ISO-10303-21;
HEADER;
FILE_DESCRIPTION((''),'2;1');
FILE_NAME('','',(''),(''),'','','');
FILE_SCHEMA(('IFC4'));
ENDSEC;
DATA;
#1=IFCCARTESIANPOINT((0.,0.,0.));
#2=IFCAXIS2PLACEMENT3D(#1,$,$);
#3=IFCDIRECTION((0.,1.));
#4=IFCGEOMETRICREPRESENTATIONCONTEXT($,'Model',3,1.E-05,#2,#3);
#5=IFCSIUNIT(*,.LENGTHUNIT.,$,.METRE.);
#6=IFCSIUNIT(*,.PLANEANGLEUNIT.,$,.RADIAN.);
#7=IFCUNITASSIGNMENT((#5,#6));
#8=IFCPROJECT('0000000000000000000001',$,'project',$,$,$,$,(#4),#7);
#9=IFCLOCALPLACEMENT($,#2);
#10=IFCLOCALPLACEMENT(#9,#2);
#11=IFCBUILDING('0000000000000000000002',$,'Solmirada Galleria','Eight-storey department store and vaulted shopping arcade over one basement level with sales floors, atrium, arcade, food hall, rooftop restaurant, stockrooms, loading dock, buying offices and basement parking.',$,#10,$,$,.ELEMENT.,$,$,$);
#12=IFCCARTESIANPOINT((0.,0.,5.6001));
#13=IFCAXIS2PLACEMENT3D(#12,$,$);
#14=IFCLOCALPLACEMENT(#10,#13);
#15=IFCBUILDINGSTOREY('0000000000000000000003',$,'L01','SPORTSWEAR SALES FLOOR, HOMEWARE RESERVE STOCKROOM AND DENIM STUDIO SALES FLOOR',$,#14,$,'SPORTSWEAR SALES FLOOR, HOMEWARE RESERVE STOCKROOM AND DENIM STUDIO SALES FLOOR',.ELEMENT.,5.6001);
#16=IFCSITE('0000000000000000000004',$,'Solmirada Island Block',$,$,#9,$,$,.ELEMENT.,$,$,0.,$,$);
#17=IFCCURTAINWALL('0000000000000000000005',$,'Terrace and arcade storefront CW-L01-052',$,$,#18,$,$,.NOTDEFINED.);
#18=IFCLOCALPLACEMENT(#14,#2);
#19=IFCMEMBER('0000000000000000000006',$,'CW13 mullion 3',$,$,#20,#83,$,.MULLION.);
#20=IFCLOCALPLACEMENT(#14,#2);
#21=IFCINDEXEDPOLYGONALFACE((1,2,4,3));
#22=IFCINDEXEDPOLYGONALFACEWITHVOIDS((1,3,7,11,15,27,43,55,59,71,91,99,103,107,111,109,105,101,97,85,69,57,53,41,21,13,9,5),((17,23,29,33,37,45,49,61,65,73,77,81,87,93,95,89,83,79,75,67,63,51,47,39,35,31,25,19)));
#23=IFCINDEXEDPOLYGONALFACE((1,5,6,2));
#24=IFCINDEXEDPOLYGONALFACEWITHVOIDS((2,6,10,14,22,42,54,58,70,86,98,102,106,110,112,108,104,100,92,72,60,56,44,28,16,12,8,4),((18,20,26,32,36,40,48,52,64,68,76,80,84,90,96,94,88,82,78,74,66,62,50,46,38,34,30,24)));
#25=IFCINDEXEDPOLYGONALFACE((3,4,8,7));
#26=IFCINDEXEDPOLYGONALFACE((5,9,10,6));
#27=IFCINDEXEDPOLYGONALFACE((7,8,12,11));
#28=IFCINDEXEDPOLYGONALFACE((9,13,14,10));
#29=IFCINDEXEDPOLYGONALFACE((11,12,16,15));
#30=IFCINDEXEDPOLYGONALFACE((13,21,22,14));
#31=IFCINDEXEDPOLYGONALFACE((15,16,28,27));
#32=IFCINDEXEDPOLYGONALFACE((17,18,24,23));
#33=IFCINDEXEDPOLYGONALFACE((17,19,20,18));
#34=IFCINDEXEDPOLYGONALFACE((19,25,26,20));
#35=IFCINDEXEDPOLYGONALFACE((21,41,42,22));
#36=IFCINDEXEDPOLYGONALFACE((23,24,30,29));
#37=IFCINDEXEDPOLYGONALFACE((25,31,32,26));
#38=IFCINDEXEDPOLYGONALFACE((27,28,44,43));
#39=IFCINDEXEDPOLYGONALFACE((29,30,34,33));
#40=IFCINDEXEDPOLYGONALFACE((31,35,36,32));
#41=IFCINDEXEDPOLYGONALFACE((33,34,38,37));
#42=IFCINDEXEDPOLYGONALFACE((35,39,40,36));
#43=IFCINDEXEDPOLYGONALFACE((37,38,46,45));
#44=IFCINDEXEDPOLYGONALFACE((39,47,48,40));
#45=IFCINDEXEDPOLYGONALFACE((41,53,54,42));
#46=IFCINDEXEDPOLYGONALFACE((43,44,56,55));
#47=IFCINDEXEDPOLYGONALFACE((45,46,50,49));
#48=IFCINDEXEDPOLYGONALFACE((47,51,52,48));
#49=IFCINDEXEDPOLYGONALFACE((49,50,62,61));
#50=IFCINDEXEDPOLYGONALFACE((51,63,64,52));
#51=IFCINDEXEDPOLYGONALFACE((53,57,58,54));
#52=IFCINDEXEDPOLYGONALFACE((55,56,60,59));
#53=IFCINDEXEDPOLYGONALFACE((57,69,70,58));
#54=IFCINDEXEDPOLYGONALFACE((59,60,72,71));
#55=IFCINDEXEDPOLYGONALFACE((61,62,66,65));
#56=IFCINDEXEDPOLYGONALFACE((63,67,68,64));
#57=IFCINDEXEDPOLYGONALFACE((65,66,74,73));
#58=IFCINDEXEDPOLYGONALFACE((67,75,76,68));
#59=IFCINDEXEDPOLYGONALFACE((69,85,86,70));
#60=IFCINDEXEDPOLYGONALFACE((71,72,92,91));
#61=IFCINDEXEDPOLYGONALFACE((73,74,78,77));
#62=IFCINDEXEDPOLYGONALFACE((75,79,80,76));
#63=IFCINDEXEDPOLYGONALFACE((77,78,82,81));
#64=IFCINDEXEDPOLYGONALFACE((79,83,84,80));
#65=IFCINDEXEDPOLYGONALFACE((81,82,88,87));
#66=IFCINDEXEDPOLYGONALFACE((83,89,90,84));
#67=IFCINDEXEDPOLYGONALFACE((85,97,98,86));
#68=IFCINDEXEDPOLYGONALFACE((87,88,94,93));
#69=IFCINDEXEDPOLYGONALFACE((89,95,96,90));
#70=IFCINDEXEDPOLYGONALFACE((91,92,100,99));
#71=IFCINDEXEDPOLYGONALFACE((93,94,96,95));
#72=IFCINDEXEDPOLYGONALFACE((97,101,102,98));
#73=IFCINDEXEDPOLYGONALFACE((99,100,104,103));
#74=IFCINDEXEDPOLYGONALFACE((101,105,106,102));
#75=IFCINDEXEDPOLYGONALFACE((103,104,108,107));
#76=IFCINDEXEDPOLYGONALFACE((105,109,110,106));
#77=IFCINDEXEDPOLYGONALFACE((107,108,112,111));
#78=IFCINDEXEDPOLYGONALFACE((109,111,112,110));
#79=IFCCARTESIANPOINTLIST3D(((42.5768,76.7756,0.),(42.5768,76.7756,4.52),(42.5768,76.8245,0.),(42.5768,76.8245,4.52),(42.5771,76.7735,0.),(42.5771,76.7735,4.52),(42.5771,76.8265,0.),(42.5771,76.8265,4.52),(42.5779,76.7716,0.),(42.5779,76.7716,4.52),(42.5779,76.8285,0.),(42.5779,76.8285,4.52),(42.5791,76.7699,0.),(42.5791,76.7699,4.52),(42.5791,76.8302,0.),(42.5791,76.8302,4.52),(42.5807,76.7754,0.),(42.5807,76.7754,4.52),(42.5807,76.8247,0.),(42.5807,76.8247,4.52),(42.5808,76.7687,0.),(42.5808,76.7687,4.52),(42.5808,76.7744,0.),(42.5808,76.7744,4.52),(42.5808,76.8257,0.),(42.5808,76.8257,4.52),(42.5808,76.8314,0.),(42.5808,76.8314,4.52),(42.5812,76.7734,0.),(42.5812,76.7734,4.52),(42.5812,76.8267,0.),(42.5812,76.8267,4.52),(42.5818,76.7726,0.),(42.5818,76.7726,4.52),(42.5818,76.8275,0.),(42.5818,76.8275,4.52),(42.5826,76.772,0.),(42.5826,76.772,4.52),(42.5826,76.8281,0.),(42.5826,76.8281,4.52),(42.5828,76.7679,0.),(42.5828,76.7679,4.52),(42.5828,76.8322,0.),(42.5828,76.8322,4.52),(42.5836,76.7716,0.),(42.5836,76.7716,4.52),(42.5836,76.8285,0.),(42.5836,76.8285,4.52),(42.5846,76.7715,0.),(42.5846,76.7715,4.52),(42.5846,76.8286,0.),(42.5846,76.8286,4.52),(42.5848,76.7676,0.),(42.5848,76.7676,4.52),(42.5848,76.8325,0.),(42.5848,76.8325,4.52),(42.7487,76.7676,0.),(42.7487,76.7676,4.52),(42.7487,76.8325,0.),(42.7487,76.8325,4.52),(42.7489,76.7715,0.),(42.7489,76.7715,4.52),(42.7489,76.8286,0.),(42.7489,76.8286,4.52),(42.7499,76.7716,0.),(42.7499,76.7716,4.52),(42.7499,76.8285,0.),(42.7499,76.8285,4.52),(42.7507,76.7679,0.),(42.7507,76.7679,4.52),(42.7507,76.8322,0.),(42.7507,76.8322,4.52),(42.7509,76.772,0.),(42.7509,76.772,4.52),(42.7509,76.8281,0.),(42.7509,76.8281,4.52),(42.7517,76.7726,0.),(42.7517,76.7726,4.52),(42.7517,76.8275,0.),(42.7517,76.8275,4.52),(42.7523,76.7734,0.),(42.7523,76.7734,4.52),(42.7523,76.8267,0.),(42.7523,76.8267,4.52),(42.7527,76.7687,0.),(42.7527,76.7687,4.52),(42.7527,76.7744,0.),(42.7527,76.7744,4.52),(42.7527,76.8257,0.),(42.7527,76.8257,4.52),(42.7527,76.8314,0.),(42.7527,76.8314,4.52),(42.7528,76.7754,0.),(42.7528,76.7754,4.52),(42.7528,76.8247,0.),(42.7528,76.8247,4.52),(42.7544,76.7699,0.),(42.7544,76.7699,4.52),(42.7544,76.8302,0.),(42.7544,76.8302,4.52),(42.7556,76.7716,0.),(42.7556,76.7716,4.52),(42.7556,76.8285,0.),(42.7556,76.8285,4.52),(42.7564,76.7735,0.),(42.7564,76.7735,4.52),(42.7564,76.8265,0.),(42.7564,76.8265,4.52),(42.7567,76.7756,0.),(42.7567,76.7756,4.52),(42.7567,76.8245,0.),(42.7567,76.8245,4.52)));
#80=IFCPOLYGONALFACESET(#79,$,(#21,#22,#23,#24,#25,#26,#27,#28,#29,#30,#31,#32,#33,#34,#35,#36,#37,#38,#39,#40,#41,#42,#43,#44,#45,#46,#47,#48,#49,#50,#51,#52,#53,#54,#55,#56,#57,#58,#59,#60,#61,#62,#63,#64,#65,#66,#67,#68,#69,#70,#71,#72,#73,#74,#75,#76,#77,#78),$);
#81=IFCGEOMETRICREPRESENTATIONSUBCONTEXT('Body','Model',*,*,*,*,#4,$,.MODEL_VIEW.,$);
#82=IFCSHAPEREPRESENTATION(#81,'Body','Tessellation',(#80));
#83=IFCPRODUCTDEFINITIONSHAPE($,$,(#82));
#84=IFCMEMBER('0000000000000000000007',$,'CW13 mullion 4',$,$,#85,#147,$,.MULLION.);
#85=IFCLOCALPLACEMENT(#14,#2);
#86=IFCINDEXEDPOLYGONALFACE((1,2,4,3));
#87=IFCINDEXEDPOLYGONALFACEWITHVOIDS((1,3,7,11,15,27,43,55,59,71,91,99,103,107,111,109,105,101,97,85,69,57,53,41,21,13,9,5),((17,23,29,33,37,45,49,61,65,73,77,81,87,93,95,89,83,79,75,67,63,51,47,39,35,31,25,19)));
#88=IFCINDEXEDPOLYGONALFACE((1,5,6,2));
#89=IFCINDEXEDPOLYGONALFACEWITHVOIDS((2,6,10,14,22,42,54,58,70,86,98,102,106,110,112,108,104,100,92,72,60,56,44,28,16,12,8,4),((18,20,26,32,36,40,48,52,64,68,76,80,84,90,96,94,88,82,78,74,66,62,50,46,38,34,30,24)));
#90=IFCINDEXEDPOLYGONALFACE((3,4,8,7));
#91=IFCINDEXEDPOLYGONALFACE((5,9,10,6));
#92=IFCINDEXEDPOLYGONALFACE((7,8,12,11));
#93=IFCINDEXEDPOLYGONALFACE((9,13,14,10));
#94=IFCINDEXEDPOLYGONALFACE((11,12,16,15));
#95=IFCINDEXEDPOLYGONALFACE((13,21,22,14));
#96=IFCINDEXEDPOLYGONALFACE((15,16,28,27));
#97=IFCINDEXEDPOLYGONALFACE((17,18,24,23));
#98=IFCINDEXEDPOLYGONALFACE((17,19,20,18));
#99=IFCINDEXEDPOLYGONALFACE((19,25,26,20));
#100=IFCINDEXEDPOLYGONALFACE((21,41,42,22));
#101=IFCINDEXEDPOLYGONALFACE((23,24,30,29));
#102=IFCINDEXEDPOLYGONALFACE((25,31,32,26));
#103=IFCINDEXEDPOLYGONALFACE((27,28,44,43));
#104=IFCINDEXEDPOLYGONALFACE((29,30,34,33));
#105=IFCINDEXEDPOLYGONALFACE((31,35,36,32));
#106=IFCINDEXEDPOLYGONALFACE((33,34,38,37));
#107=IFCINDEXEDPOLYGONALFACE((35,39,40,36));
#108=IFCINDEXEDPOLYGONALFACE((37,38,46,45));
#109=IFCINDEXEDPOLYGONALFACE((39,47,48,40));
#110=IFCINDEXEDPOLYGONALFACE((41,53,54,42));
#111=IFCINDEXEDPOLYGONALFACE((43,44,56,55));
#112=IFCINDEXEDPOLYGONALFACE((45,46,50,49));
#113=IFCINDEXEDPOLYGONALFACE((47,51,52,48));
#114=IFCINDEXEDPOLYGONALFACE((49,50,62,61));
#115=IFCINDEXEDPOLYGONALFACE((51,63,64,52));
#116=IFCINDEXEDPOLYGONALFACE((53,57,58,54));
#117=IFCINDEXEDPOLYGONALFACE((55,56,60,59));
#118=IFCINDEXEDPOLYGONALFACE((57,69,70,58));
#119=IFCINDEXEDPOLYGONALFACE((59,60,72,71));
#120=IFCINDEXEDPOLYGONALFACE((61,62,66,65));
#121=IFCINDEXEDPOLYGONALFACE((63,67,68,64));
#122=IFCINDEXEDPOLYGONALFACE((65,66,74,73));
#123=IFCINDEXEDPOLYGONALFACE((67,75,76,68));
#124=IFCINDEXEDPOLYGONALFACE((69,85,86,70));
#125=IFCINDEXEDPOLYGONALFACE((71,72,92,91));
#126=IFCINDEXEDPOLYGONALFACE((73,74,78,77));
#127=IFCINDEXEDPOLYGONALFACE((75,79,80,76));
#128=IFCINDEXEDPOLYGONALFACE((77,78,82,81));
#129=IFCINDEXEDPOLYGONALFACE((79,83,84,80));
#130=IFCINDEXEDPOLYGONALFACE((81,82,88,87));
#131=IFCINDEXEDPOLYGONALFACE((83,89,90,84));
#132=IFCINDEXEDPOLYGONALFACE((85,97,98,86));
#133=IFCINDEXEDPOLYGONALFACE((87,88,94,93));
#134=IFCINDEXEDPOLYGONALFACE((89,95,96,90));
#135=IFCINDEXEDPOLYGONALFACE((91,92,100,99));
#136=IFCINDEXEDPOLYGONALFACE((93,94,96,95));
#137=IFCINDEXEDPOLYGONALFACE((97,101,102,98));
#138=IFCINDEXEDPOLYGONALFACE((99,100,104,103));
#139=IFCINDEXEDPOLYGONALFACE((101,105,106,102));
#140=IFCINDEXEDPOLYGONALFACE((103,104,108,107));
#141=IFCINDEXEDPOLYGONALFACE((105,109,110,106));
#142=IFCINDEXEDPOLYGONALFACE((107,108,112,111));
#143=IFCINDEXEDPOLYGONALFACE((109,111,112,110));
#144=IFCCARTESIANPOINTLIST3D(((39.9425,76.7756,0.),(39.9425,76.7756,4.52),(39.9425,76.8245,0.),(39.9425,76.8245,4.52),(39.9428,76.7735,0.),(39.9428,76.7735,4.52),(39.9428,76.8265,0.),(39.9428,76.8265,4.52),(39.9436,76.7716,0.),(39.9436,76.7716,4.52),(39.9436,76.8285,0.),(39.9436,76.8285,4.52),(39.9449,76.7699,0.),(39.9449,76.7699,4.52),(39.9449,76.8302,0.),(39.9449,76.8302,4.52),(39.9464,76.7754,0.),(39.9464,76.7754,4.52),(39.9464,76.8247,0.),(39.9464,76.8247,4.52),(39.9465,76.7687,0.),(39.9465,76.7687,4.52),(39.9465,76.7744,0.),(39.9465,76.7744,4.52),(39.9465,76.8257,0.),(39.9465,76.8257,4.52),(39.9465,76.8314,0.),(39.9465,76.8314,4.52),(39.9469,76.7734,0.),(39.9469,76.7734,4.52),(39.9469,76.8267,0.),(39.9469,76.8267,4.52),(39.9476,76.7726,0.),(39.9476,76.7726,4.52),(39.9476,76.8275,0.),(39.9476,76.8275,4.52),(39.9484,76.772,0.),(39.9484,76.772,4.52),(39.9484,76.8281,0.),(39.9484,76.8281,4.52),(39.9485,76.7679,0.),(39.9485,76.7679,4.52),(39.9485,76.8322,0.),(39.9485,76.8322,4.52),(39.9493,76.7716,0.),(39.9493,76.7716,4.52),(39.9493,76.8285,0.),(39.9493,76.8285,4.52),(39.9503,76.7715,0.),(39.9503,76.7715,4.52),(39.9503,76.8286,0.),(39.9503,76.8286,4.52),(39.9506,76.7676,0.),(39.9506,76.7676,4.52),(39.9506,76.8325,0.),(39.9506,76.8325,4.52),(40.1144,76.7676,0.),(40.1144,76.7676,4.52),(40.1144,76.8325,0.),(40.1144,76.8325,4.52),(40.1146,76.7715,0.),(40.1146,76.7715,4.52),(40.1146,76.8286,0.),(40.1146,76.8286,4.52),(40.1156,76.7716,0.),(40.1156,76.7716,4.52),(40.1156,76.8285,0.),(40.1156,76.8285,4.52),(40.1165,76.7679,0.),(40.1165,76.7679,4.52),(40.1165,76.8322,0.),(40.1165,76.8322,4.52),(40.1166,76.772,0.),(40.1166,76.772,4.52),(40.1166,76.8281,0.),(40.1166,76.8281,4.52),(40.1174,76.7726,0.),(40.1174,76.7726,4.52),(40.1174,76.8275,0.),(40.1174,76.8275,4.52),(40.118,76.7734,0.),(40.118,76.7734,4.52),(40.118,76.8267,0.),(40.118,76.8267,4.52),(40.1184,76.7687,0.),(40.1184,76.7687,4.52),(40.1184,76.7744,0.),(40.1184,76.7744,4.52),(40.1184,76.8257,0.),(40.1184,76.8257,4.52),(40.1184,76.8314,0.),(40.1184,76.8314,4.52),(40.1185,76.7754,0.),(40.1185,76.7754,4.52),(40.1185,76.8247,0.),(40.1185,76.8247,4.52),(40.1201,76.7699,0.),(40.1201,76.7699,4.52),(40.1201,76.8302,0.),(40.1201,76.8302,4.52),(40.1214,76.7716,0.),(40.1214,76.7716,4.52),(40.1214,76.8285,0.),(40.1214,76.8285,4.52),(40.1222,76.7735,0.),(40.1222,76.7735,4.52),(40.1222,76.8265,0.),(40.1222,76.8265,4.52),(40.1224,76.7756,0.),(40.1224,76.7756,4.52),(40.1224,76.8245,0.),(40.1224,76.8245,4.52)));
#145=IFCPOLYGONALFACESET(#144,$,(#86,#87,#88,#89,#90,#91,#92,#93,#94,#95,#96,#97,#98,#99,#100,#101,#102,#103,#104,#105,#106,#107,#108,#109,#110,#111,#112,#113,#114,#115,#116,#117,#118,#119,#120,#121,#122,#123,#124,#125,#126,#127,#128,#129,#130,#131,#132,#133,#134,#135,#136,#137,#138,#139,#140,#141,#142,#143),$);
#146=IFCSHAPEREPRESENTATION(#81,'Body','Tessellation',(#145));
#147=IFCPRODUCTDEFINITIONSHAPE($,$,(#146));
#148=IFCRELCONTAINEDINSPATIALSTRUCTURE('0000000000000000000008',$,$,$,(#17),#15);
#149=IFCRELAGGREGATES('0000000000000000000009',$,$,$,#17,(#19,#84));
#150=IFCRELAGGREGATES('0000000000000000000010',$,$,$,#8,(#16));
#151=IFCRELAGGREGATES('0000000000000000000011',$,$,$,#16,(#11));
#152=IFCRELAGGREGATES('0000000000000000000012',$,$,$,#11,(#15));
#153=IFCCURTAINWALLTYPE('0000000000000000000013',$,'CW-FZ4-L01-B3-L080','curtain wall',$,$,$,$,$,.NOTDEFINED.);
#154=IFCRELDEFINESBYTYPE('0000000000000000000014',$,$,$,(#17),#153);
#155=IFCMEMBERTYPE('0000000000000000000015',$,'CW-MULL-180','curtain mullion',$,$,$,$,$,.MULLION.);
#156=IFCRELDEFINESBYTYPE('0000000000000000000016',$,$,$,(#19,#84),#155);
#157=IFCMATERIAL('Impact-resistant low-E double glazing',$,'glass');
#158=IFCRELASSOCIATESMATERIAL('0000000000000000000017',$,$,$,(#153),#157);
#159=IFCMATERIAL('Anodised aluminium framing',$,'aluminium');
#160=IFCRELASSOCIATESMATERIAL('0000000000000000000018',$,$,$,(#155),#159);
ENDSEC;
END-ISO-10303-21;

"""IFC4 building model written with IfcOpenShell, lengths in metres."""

from ifc_helpers import new_model, si_unit, direction, frame, origin, origin_2d, place, context, subcontext, project, spatial, hollow_rectangle, extrude, material, material_profile, profile_set, type_object, element, aggregate, save


model = new_model("IFC4")

# Units and contexts
model_context = context("Model", 3, precision=1e-05, world=origin(), true_north=direction((0.0, 1.0)))
body_context = subcontext(model_context, "Body", "Model", "MODEL_VIEW")
ifc_project = project(units=[si_unit("LENGTHUNIT", "METRE"), si_unit("PLANEANGLEUNIT", "RADIAN")], contexts=[model_context])

# Site, building, storey
site_placement = place(None, origin())
site = spatial("IfcSite", under=ifc_project, at=site_placement, Name="Solmirada Island Block", CompositionType="ELEMENT", RefElevation=0.0)
building_placement = place(site_placement, origin())
building = spatial("IfcBuilding", under=site, at=building_placement, Name="Solmirada Galleria", Description="Eight-storey department store and vaulted shopping arcade over one basement level with sales floors, atrium, arcade, food hall, rooftop restaurant, stockrooms, loading dock, buying offices and basement parking.", CompositionType="ELEMENT")
storey_placement = place(building_placement, frame((0.0, 0.0, 5.6001)))
storey = spatial("IfcBuildingStorey", under=building, at=storey_placement, Name="L01", Description="SPORTSWEAR SALES FLOOR, HOMEWARE RESERVE STOCKROOM AND DENIM STUDIO SALES FLOOR", LongName="SPORTSWEAR SALES FLOOR, HOMEWARE RESERVE STOCKROOM AND DENIM STUDIO SALES FLOOR", CompositionType="ELEMENT", Elevation=5.6001)

# Curtain wall, members
ifc_material_1 = material(Name="Impact-resistant low-E double glazing", Category="glass")
curtain_wall_type = type_object("IfcCurtainWallType", Name="CW-FZ4-L01-B3-L080", Description="curtain wall", PredefinedType="NOTDEFINED", material=ifc_material_1)
curtain_wall_placement = place(storey_placement, origin())
curtain_wall = element("IfcCurtainWall", 1, at=curtain_wall_placement, inside=storey, type_object=curtain_wall_type, Name="Terrace and arcade storefront CW-L01-052", PredefinedType="NOTDEFINED")
ifc_material_2 = material(Name="Anodised aluminium framing", Category="aluminium")
ifc_material_profile_1 = material_profile(ifc_material_2, hollow_rectangle(XDim=0.0649, YDim=0.1799, WallThickness=0.0039, InnerFilletRadius=0.0039, OuterFilletRadius=0.0081, at=origin_2d()), Name="ALU-MULL-180X65")
ifc_profile_set_1 = profile_set([ifc_material_profile_1], Name="Anodised aluminium framing")
member_type_1 = type_object("IfcMemberType", Name="CW-MULL-180", Description="curtain mullion", PredefinedType="MULLION", material=ifc_profile_set_1)
member_1_placement = place(storey_placement, frame((42.6667, 76.8, 0.0), z_axis=(0.0, 0.0, 1.0), x_axis=(0.0, -1.0, 0.0)))
member_1 = element("IfcMember", 2, at=member_1_placement, type_object=member_type_1, Name="CW13 mullion 3", PredefinedType="MULLION", context=body_context, shape_type="SweptSolid", body=[
    extrude(hollow_rectangle(XDim=0.0649, YDim=0.1799, WallThickness=0.0039, InnerFilletRadius=0.0039, OuterFilletRadius=0.0081, at=origin_2d()), origin(), (0.0, 0.0, 1.0), 4.52),
])
member_2_placement = place(storey_placement, frame((40.0325, 76.8, 0.0), z_axis=(0.0, 0.0, 1.0), x_axis=(0.0, -1.0, 0.0)))
member_2 = element("IfcMember", 3, at=member_2_placement, type_object=member_type_1, Name="CW13 mullion 4", PredefinedType="MULLION", context=body_context, shape_type="SweptSolid", body=[
    extrude(hollow_rectangle(XDim=0.0649, YDim=0.1799, WallThickness=0.0039, InnerFilletRadius=0.0039, OuterFilletRadius=0.0081, at=origin_2d()), origin(), (0.0, 0.0, 1.0), 4.52),
])
aggregate(curtain_wall, [member_1, member_2])

save(model, "model.ifc")
